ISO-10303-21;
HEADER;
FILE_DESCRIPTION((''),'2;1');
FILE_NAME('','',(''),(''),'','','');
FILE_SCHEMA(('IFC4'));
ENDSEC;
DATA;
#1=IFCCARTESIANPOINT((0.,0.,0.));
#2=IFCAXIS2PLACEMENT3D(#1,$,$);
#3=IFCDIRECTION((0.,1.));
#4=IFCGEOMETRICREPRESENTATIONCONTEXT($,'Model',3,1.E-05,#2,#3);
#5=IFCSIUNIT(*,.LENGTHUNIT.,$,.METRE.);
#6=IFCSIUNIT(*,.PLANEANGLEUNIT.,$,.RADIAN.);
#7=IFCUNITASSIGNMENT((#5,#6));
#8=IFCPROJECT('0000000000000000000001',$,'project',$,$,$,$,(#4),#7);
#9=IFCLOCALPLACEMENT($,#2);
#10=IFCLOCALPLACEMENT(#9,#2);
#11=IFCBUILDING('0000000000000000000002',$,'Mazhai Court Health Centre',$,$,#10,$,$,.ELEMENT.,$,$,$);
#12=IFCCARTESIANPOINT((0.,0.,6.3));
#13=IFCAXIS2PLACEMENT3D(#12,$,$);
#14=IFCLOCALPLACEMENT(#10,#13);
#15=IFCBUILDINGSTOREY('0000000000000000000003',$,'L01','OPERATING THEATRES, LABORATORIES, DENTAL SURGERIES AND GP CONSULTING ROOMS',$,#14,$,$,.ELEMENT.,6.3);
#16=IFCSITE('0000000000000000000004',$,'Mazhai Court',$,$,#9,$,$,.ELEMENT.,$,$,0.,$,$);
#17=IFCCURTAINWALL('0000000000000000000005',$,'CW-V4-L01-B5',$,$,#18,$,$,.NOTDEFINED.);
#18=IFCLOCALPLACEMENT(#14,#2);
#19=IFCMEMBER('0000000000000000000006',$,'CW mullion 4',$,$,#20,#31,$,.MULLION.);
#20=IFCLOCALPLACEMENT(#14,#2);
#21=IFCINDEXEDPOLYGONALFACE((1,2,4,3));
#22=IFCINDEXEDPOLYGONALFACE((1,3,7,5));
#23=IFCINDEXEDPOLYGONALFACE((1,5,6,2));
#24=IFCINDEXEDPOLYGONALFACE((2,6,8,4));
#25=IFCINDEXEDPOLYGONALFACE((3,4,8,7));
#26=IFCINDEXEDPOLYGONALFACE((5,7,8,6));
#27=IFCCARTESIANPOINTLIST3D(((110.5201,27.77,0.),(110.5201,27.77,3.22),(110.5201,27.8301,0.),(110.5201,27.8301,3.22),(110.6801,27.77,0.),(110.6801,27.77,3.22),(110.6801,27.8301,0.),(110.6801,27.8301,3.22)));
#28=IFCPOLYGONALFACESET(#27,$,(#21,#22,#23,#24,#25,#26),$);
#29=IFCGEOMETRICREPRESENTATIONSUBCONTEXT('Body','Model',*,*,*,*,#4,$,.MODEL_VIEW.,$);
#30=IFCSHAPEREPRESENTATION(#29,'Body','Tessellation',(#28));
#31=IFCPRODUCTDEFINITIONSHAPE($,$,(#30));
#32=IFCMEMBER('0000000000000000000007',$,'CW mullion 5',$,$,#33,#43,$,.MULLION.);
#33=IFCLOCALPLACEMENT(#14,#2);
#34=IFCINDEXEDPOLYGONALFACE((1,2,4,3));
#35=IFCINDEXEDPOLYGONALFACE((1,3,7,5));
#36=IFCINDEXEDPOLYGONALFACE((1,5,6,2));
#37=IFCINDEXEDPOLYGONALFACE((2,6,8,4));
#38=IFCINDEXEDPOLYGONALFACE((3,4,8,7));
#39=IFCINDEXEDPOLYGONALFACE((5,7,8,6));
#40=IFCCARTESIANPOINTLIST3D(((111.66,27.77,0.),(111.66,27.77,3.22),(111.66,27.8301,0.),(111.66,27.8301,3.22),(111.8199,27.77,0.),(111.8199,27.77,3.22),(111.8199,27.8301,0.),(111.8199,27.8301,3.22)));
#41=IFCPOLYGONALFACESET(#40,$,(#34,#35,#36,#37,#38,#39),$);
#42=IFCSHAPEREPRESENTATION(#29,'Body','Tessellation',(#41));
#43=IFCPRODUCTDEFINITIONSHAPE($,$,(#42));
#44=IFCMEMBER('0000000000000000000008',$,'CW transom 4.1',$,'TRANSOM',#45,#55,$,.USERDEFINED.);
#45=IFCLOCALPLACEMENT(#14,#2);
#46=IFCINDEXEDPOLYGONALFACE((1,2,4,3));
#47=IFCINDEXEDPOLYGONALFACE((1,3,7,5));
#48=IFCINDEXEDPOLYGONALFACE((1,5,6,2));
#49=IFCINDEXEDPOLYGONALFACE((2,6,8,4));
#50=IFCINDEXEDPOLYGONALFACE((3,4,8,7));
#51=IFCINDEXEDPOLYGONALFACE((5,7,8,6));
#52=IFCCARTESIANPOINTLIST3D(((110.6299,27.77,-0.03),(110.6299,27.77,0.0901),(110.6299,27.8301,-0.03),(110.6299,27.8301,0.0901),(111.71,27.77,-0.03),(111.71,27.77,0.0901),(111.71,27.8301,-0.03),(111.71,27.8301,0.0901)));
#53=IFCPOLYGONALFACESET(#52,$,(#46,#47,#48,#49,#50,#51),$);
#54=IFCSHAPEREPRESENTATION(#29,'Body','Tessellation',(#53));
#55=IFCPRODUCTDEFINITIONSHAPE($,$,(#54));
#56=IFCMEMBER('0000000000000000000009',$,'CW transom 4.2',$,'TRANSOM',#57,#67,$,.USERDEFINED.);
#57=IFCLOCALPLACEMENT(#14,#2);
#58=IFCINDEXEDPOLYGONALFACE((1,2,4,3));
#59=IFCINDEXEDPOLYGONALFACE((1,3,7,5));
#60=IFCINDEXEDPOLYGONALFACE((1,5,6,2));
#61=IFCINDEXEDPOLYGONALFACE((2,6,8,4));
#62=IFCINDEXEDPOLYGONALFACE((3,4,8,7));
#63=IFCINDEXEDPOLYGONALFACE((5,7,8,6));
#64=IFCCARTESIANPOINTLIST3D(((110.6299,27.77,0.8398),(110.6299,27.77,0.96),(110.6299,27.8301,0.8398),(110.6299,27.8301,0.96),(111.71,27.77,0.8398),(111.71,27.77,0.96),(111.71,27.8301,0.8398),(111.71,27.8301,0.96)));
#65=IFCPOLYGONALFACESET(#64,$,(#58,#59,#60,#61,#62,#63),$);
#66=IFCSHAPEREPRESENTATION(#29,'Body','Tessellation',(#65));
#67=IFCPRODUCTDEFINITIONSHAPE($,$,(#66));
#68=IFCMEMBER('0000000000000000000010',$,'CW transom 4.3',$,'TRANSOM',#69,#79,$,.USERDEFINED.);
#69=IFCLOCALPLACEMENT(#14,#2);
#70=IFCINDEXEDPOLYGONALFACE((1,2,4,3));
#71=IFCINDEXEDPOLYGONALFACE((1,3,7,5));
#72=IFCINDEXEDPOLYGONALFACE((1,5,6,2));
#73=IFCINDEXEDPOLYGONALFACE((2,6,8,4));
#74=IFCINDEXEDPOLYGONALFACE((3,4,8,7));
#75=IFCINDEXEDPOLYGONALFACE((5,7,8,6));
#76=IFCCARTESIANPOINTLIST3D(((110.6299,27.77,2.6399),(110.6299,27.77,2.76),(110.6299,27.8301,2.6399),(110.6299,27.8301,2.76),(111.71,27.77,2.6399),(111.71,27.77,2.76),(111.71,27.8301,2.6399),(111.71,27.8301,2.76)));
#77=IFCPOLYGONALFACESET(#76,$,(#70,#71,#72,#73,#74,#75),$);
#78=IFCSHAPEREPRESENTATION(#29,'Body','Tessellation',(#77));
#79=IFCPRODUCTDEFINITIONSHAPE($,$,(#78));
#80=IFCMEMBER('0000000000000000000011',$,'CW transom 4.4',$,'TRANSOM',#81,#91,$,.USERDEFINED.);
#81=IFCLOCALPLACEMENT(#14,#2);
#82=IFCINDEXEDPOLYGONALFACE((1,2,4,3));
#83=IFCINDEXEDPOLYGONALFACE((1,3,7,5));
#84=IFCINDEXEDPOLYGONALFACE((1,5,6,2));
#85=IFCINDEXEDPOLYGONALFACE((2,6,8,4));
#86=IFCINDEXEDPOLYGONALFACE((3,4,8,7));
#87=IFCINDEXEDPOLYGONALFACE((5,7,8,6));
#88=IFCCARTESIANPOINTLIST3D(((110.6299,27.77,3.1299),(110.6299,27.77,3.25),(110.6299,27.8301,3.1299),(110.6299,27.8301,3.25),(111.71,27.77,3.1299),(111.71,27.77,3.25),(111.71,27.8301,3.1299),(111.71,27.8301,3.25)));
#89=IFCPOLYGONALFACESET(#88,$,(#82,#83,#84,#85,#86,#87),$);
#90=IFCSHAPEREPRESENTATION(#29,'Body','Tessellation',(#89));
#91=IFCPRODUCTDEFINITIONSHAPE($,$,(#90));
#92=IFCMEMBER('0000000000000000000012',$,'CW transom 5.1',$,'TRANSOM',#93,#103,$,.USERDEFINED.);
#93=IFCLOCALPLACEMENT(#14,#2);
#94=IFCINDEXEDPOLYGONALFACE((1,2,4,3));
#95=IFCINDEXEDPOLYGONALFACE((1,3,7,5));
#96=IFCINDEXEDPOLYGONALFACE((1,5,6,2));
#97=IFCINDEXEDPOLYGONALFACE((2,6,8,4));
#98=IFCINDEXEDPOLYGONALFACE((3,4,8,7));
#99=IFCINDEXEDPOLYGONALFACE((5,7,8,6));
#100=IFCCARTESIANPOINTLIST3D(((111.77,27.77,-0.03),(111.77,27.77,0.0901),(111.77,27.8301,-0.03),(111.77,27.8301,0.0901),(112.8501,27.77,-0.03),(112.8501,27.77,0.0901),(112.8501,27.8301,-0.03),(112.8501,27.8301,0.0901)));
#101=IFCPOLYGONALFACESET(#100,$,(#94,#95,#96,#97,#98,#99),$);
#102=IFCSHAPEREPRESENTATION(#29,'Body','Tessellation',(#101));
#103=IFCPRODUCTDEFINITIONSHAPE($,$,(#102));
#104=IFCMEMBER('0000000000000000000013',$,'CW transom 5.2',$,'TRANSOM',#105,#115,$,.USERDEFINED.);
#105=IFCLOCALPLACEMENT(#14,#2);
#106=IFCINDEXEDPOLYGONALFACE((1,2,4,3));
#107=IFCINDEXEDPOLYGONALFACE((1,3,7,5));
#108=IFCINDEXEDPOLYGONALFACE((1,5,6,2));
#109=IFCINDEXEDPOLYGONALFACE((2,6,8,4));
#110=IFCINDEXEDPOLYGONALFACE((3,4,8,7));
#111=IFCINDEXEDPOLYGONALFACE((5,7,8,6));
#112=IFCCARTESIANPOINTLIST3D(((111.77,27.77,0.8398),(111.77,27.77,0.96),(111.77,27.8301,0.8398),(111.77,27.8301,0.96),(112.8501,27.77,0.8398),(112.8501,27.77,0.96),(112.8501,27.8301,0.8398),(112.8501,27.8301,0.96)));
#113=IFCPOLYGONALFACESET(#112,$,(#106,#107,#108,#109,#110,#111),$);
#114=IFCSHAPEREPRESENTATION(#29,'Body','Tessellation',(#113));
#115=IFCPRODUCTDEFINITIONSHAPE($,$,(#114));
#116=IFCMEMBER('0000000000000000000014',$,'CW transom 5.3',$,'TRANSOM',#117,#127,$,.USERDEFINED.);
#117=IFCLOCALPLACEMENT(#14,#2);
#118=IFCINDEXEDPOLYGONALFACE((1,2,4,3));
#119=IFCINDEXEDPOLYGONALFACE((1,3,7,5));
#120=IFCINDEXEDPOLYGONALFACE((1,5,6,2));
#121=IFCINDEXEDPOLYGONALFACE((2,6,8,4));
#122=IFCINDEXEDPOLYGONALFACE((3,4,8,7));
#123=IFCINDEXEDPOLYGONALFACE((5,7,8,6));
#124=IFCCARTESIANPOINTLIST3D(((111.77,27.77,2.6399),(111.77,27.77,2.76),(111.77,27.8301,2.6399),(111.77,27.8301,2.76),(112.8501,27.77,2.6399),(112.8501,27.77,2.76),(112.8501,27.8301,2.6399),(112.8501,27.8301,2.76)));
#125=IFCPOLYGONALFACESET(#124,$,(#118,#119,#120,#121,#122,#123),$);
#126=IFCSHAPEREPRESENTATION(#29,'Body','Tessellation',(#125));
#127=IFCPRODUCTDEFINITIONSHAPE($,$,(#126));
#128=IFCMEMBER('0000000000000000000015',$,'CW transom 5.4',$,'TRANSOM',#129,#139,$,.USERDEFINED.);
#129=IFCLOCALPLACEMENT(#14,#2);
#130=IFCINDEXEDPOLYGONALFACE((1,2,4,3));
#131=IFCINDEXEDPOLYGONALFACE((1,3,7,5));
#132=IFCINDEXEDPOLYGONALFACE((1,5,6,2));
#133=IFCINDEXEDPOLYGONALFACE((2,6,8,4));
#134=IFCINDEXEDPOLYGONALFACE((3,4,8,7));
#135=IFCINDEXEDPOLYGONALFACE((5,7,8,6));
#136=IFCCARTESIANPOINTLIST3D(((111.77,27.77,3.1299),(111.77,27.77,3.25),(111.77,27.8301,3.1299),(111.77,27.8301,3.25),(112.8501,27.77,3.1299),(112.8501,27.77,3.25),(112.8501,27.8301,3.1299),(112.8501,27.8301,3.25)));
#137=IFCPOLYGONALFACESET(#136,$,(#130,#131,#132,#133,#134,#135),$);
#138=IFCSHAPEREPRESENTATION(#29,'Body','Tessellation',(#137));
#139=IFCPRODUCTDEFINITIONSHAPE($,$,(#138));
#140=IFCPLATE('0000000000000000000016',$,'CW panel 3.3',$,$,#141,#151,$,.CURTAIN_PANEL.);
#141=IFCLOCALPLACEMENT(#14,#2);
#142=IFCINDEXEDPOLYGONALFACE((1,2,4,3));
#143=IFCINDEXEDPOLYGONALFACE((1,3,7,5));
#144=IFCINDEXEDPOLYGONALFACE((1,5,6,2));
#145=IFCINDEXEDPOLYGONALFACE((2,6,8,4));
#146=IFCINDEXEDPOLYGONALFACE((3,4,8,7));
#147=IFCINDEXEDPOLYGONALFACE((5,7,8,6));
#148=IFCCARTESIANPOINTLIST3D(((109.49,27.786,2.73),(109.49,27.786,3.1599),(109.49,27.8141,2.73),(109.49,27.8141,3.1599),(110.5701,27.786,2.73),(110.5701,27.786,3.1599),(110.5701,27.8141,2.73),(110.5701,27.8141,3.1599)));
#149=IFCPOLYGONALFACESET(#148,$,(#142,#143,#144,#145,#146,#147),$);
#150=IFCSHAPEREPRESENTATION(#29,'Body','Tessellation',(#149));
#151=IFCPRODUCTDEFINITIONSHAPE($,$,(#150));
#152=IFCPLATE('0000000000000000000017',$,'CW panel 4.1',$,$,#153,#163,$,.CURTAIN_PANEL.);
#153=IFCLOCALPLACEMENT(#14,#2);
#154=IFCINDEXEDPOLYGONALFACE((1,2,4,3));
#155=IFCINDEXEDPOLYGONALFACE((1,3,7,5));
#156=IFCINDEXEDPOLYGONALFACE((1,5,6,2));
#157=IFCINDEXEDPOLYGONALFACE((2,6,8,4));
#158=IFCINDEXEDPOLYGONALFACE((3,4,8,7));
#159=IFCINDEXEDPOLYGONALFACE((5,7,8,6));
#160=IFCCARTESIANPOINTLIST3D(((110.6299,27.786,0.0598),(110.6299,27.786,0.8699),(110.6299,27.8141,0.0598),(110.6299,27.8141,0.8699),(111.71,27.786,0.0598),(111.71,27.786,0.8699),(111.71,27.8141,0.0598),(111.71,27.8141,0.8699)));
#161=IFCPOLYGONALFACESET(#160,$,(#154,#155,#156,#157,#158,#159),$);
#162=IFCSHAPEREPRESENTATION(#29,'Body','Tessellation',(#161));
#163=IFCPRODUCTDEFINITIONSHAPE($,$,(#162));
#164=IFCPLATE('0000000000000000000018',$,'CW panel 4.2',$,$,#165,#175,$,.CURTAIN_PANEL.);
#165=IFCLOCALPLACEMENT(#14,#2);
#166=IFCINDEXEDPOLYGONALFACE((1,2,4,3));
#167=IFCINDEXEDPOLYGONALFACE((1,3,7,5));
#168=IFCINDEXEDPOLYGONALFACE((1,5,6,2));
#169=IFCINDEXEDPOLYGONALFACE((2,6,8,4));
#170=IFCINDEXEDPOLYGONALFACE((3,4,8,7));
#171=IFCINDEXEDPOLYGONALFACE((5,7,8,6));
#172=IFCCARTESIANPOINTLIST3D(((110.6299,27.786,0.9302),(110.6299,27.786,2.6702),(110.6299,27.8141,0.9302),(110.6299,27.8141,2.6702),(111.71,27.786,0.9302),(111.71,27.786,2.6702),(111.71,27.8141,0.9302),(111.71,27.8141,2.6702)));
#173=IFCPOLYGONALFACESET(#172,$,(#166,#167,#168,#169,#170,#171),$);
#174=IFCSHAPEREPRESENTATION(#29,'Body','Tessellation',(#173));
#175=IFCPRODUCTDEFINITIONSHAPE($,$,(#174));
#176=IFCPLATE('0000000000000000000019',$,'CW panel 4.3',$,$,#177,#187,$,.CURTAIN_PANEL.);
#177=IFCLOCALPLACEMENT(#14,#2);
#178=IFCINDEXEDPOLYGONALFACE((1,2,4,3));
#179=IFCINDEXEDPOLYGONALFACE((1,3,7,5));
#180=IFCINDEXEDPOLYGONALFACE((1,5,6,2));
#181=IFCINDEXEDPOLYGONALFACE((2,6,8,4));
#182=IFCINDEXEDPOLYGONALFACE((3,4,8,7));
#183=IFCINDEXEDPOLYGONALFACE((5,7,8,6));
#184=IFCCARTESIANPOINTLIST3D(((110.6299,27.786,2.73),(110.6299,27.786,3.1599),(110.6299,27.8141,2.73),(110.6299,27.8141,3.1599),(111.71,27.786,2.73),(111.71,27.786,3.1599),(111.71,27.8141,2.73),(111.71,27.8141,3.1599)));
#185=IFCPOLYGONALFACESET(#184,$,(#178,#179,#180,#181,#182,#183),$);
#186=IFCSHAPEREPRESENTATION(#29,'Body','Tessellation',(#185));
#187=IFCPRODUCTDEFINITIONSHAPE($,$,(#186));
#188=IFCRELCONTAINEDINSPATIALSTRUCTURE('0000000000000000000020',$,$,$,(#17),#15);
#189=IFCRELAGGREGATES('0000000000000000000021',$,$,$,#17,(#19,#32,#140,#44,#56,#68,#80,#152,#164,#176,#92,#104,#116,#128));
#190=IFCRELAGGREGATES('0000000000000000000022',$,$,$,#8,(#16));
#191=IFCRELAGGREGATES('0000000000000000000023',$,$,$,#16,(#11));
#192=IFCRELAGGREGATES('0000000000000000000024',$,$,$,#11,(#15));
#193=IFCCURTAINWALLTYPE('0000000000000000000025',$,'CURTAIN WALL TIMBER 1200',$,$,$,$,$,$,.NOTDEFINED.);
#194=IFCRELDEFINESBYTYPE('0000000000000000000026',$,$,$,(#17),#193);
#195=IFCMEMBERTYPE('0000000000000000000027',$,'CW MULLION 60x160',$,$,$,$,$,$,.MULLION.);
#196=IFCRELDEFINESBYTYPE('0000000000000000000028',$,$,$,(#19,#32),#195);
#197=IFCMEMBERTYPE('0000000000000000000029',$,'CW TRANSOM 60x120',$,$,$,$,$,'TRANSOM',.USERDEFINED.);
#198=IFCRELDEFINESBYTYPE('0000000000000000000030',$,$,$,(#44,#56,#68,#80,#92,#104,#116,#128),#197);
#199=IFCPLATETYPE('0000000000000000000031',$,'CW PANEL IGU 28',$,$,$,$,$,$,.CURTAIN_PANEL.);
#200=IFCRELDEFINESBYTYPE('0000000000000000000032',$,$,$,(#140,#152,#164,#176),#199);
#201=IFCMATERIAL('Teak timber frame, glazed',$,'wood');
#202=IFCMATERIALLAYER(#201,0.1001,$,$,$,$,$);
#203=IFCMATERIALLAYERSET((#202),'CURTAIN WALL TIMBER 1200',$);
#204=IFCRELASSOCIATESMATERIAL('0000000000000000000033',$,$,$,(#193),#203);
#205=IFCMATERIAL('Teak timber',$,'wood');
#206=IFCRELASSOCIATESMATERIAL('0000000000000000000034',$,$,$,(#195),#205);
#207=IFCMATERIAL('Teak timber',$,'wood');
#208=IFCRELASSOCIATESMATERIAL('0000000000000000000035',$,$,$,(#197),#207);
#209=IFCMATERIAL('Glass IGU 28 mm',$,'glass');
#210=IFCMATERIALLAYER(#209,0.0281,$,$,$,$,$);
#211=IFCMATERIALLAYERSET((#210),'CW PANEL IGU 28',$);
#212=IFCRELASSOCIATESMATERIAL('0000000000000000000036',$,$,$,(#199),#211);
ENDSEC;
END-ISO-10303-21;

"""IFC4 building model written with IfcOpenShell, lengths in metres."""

from ifc_helpers import new_model, si_unit, direction, frame, origin, origin_2d, place, context, subcontext, project, spatial, rectangle, extrude, material, layer, layer_set, material_profile, profile_set, type_object, element, aggregate, save


model = new_model("IFC4")

# Units and contexts
model_context = context("Model", 3, precision=1e-05, world=origin(), true_north=direction((0.0, 1.0)))
body_context = subcontext(model_context, "Body", "Model", "MODEL_VIEW")
ifc_project = project(units=[si_unit("LENGTHUNIT", "METRE"), si_unit("PLANEANGLEUNIT", "RADIAN")], contexts=[model_context])

# Site, building, storey
site_placement = place(None, origin())
site = spatial("IfcSite", under=ifc_project, at=site_placement, Name="Mazhai Court", CompositionType="ELEMENT", RefElevation=0.0)
building_placement = place(site_placement, origin())
building = spatial("IfcBuilding", under=site, at=building_placement, Name="Mazhai Court Health Centre", CompositionType="ELEMENT")
storey_placement = place(building_placement, frame((0.0, 0.0, 6.3)))
storey = spatial("IfcBuildingStorey", under=building, at=storey_placement, Name="L01", Description="OPERATING THEATRES, LABORATORIES, DENTAL SURGERIES AND GP CONSULTING ROOMS", CompositionType="ELEMENT", Elevation=6.3)

# Curtain wall, members, plates
ifc_material_1 = material(Name="Teak timber frame, glazed", Category="wood")
ifc_layer_1 = layer(ifc_material_1, 0.1001)
ifc_layer_set_1 = layer_set([ifc_layer_1], Name="CURTAIN WALL TIMBER 1200")
curtain_wall_type = type_object("IfcCurtainWallType", Name="CURTAIN WALL TIMBER 1200", PredefinedType="NOTDEFINED", material=ifc_layer_set_1)
curtain_wall_placement = place(storey_placement, origin())
curtain_wall = element("IfcCurtainWall", 1, at=curtain_wall_placement, inside=storey, type_object=curtain_wall_type, Name="CW-V4-L01-B5", PredefinedType="NOTDEFINED")
ifc_material_2 = material(Name="Teak timber", Category="wood")
ifc_material_profile_1 = material_profile(ifc_material_2, rectangle(XDim=0.0601, YDim=0.1599, at=origin_2d()), Name="CW MULLION 60x160")
ifc_profile_set_1 = profile_set([ifc_material_profile_1], Name="Teak timber")
member_type_1 = type_object("IfcMemberType", Name="CW MULLION 60x160", PredefinedType="MULLION", material=ifc_profile_set_1)
member_1_placement = place(storey_placement, frame((110.6001, 27.8, 0.0), z_axis=(0.0, 0.0, 1.0), x_axis=(0.0, 1.0, 0.0)))
member_1 = element("IfcMember", 2, at=member_1_placement, type_object=member_type_1, Name="CW mullion 4", PredefinedType="MULLION", context=body_context, shape_type="SweptSolid", body=[
    extrude(rectangle(XDim=0.0601, YDim=0.1599, at=origin_2d()), origin(), (0.0, 0.0, 1.0), 3.22),
])
member_2_placement = place(storey_placement, frame((111.74, 27.8, 0.0), z_axis=(0.0, 0.0, 1.0), x_axis=(0.0, 1.0, 0.0)))
member_2 = element("IfcMember", 3, at=member_2_placement, type_object=member_type_1, Name="CW mullion 5", PredefinedType="MULLION", context=body_context, shape_type="SweptSolid", body=[
    extrude(rectangle(XDim=0.0601, YDim=0.1599, at=origin_2d()), origin(), (0.0, 0.0, 1.0), 3.22),
])
ifc_material_3 = material(Name="Teak timber", Category="wood")
ifc_material_profile_2 = material_profile(ifc_material_3, rectangle(XDim=0.0601, YDim=0.1201, at=origin_2d()), Name="CW TRANSOM 60x120")
ifc_profile_set_2 = profile_set([ifc_material_profile_2], Name="Teak timber")
member_type_2 = type_object("IfcMemberType", Name="CW TRANSOM 60x120", ElementType="TRANSOM", PredefinedType="USERDEFINED", material=ifc_profile_set_2)
member_3_placement = place(storey_placement, frame((110.6299, 27.8, 0.03), z_axis=(1.0, 0.0, 0.0), x_axis=(0.0, 1.0, 0.0)))
member_3 = element("IfcMember", 4, at=member_3_placement, type_object=member_type_2, Name="CW transom 4.1", ObjectType="TRANSOM", PredefinedType="USERDEFINED", context=body_context, shape_type="SweptSolid", body=[
    extrude(rectangle(XDim=0.0601, YDim=0.1201, at=origin_2d()), origin(), (0.0, 0.0, 1.0), 1.0801),
])
member_4_placement = place(storey_placement, frame((110.6299, 27.8, 0.8999), z_axis=(1.0, 0.0, 0.0), x_axis=(0.0, 1.0, 0.0)))
member_4 = element("IfcMember", 5, at=member_4_placement, type_object=member_type_2, Name="CW transom 4.2", ObjectType="TRANSOM", PredefinedType="USERDEFINED", context=body_context, shape_type="SweptSolid", body=[
    extrude(rectangle(XDim=0.0601, YDim=0.1201, at=origin_2d()), origin(), (0.0, 0.0, 1.0), 1.0801),
])
member_5_placement = place(storey_placement, frame((110.6299, 27.8, 2.7), z_axis=(1.0, 0.0, 0.0), x_axis=(0.0, 1.0, 0.0)))
member_5 = element("IfcMember", 6, at=member_5_placement, type_object=member_type_2, Name="CW transom 4.3", ObjectType="TRANSOM", PredefinedType="USERDEFINED", context=body_context, shape_type="SweptSolid", body=[
    extrude(rectangle(XDim=0.0601, YDim=0.1201, at=origin_2d()), origin(), (0.0, 0.0, 1.0), 1.0801),
])
member_6_placement = place(storey_placement, frame((110.6299, 27.8, 3.1899), z_axis=(1.0, 0.0, 0.0), x_axis=(0.0, 1.0, 0.0)))
member_6 = element("IfcMember", 7, at=member_6_placement, type_object=member_type_2, Name="CW transom 4.4", ObjectType="TRANSOM", PredefinedType="USERDEFINED", context=body_context, shape_type="SweptSolid", body=[
    extrude(rectangle(XDim=0.0601, YDim=0.1201, at=origin_2d()), origin(), (0.0, 0.0, 1.0), 1.0801),
])
member_7_placement = place(storey_placement, frame((111.77, 27.8, 0.03), z_axis=(1.0, 0.0, 0.0), x_axis=(0.0, 1.0, 0.0)))
member_7 = element("IfcMember", 8, at=member_7_placement, type_object=member_type_2, Name="CW transom 5.1", ObjectType="TRANSOM", PredefinedType="USERDEFINED", context=body_context, shape_type="SweptSolid", body=[
    extrude(rectangle(XDim=0.0601, YDim=0.1201, at=origin_2d()), origin(), (0.0, 0.0, 1.0), 1.0801),
])
member_8_placement = place(storey_placement, frame((111.77, 27.8, 0.8999), z_axis=(1.0, 0.0, 0.0), x_axis=(0.0, 1.0, 0.0)))
member_8 = element("IfcMember", 9, at=member_8_placement, type_object=member_type_2, Name="CW transom 5.2", ObjectType="TRANSOM", PredefinedType="USERDEFINED", context=body_context, shape_type="SweptSolid", body=[
    extrude(rectangle(XDim=0.0601, YDim=0.1201, at=origin_2d()), origin(), (0.0, 0.0, 1.0), 1.0801),
])
member_9_placement = place(storey_placement, frame((111.77, 27.8, 2.7), z_axis=(1.0, 0.0, 0.0), x_axis=(0.0, 1.0, 0.0)))
member_9 = element("IfcMember", 10, at=member_9_placement, type_object=member_type_2, Name="CW transom 5.3", ObjectType="TRANSOM", PredefinedType="USERDEFINED", context=body_context, shape_type="SweptSolid", body=[
    extrude(rectangle(XDim=0.0601, YDim=0.1201, at=origin_2d()), origin(), (0.0, 0.0, 1.0), 1.0801),
])
member_10_placement = place(storey_placement, frame((111.77, 27.8, 3.1899), z_axis=(1.0, 0.0, 0.0), x_axis=(0.0, 1.0, 0.0)))
member_10 = element("IfcMember", 11, at=member_10_placement, type_object=member_type_2, Name="CW transom 5.4", ObjectType="TRANSOM", PredefinedType="USERDEFINED", context=body_context, shape_type="SweptSolid", body=[
    extrude(rectangle(XDim=0.0601, YDim=0.1201, at=origin_2d()), origin(), (0.0, 0.0, 1.0), 1.0801),
])
ifc_material_4 = material(Name="Glass IGU 28 mm", Category="glass")
ifc_layer_2 = layer(ifc_material_4, 0.0281)
ifc_layer_set_2 = layer_set([ifc_layer_2], Name="CW PANEL IGU 28")
plate_type = type_object("IfcPlateType", Name="CW PANEL IGU 28", PredefinedType="CURTAIN_PANEL", material=ifc_layer_set_2)
plate_1_placement = place(storey_placement, frame((110.03, 27.8, 2.73), z_axis=(0.0, 0.0, 1.0), x_axis=(1.0, 0.0, 0.0)))
plate_1 = element("IfcPlate", 12, at=plate_1_placement, type_object=plate_type, Name="CW panel 3.3", PredefinedType="CURTAIN_PANEL", context=body_context, shape_type="SweptSolid", body=[
    extrude(rectangle(XDim=1.0801, YDim=0.0281, at=origin_2d()), origin(), (0.0, 0.0, 1.0), 0.4299),
])
plate_2_placement = place(storey_placement, frame((111.1699, 27.8, 0.0598), z_axis=(0.0, 0.0, 1.0), x_axis=(1.0, 0.0, 0.0)))
plate_2 = element("IfcPlate", 13, at=plate_2_placement, type_object=plate_type, Name="CW panel 4.1", PredefinedType="CURTAIN_PANEL", context=body_context, shape_type="SweptSolid", body=[
    extrude(rectangle(XDim=1.0801, YDim=0.0281, at=origin_2d()), origin(), (0.0, 0.0, 1.0), 0.8101),
])
plate_3_placement = place(storey_placement, frame((111.1699, 27.8, 0.9302), z_axis=(0.0, 0.0, 1.0), x_axis=(1.0, 0.0, 0.0)))
plate_3 = element("IfcPlate", 14, at=plate_3_placement, type_object=plate_type, Name="CW panel 4.2", PredefinedType="CURTAIN_PANEL", context=body_context, shape_type="SweptSolid", body=[
    extrude(rectangle(XDim=1.0801, YDim=0.0281, at=origin_2d()), origin(), (0.0, 0.0, 1.0), 1.74),
])
plate_4_placement = place(storey_placement, frame((111.1699, 27.8, 2.73), z_axis=(0.0, 0.0, 1.0), x_axis=(1.0, 0.0, 0.0)))
plate_4 = element("IfcPlate", 15, at=plate_4_placement, type_object=plate_type, Name="CW panel 4.3", PredefinedType="CURTAIN_PANEL", context=body_context, shape_type="SweptSolid", body=[
    extrude(rectangle(XDim=1.0801, YDim=0.0281, at=origin_2d()), origin(), (0.0, 0.0, 1.0), 0.4299),
])
aggregate(curtain_wall, [member_1, member_2, plate_1, member_3, member_4, member_5, member_6, plate_2, plate_3, plate_4, member_7, member_8, member_9, member_10])

save(model, "model.ifc")
